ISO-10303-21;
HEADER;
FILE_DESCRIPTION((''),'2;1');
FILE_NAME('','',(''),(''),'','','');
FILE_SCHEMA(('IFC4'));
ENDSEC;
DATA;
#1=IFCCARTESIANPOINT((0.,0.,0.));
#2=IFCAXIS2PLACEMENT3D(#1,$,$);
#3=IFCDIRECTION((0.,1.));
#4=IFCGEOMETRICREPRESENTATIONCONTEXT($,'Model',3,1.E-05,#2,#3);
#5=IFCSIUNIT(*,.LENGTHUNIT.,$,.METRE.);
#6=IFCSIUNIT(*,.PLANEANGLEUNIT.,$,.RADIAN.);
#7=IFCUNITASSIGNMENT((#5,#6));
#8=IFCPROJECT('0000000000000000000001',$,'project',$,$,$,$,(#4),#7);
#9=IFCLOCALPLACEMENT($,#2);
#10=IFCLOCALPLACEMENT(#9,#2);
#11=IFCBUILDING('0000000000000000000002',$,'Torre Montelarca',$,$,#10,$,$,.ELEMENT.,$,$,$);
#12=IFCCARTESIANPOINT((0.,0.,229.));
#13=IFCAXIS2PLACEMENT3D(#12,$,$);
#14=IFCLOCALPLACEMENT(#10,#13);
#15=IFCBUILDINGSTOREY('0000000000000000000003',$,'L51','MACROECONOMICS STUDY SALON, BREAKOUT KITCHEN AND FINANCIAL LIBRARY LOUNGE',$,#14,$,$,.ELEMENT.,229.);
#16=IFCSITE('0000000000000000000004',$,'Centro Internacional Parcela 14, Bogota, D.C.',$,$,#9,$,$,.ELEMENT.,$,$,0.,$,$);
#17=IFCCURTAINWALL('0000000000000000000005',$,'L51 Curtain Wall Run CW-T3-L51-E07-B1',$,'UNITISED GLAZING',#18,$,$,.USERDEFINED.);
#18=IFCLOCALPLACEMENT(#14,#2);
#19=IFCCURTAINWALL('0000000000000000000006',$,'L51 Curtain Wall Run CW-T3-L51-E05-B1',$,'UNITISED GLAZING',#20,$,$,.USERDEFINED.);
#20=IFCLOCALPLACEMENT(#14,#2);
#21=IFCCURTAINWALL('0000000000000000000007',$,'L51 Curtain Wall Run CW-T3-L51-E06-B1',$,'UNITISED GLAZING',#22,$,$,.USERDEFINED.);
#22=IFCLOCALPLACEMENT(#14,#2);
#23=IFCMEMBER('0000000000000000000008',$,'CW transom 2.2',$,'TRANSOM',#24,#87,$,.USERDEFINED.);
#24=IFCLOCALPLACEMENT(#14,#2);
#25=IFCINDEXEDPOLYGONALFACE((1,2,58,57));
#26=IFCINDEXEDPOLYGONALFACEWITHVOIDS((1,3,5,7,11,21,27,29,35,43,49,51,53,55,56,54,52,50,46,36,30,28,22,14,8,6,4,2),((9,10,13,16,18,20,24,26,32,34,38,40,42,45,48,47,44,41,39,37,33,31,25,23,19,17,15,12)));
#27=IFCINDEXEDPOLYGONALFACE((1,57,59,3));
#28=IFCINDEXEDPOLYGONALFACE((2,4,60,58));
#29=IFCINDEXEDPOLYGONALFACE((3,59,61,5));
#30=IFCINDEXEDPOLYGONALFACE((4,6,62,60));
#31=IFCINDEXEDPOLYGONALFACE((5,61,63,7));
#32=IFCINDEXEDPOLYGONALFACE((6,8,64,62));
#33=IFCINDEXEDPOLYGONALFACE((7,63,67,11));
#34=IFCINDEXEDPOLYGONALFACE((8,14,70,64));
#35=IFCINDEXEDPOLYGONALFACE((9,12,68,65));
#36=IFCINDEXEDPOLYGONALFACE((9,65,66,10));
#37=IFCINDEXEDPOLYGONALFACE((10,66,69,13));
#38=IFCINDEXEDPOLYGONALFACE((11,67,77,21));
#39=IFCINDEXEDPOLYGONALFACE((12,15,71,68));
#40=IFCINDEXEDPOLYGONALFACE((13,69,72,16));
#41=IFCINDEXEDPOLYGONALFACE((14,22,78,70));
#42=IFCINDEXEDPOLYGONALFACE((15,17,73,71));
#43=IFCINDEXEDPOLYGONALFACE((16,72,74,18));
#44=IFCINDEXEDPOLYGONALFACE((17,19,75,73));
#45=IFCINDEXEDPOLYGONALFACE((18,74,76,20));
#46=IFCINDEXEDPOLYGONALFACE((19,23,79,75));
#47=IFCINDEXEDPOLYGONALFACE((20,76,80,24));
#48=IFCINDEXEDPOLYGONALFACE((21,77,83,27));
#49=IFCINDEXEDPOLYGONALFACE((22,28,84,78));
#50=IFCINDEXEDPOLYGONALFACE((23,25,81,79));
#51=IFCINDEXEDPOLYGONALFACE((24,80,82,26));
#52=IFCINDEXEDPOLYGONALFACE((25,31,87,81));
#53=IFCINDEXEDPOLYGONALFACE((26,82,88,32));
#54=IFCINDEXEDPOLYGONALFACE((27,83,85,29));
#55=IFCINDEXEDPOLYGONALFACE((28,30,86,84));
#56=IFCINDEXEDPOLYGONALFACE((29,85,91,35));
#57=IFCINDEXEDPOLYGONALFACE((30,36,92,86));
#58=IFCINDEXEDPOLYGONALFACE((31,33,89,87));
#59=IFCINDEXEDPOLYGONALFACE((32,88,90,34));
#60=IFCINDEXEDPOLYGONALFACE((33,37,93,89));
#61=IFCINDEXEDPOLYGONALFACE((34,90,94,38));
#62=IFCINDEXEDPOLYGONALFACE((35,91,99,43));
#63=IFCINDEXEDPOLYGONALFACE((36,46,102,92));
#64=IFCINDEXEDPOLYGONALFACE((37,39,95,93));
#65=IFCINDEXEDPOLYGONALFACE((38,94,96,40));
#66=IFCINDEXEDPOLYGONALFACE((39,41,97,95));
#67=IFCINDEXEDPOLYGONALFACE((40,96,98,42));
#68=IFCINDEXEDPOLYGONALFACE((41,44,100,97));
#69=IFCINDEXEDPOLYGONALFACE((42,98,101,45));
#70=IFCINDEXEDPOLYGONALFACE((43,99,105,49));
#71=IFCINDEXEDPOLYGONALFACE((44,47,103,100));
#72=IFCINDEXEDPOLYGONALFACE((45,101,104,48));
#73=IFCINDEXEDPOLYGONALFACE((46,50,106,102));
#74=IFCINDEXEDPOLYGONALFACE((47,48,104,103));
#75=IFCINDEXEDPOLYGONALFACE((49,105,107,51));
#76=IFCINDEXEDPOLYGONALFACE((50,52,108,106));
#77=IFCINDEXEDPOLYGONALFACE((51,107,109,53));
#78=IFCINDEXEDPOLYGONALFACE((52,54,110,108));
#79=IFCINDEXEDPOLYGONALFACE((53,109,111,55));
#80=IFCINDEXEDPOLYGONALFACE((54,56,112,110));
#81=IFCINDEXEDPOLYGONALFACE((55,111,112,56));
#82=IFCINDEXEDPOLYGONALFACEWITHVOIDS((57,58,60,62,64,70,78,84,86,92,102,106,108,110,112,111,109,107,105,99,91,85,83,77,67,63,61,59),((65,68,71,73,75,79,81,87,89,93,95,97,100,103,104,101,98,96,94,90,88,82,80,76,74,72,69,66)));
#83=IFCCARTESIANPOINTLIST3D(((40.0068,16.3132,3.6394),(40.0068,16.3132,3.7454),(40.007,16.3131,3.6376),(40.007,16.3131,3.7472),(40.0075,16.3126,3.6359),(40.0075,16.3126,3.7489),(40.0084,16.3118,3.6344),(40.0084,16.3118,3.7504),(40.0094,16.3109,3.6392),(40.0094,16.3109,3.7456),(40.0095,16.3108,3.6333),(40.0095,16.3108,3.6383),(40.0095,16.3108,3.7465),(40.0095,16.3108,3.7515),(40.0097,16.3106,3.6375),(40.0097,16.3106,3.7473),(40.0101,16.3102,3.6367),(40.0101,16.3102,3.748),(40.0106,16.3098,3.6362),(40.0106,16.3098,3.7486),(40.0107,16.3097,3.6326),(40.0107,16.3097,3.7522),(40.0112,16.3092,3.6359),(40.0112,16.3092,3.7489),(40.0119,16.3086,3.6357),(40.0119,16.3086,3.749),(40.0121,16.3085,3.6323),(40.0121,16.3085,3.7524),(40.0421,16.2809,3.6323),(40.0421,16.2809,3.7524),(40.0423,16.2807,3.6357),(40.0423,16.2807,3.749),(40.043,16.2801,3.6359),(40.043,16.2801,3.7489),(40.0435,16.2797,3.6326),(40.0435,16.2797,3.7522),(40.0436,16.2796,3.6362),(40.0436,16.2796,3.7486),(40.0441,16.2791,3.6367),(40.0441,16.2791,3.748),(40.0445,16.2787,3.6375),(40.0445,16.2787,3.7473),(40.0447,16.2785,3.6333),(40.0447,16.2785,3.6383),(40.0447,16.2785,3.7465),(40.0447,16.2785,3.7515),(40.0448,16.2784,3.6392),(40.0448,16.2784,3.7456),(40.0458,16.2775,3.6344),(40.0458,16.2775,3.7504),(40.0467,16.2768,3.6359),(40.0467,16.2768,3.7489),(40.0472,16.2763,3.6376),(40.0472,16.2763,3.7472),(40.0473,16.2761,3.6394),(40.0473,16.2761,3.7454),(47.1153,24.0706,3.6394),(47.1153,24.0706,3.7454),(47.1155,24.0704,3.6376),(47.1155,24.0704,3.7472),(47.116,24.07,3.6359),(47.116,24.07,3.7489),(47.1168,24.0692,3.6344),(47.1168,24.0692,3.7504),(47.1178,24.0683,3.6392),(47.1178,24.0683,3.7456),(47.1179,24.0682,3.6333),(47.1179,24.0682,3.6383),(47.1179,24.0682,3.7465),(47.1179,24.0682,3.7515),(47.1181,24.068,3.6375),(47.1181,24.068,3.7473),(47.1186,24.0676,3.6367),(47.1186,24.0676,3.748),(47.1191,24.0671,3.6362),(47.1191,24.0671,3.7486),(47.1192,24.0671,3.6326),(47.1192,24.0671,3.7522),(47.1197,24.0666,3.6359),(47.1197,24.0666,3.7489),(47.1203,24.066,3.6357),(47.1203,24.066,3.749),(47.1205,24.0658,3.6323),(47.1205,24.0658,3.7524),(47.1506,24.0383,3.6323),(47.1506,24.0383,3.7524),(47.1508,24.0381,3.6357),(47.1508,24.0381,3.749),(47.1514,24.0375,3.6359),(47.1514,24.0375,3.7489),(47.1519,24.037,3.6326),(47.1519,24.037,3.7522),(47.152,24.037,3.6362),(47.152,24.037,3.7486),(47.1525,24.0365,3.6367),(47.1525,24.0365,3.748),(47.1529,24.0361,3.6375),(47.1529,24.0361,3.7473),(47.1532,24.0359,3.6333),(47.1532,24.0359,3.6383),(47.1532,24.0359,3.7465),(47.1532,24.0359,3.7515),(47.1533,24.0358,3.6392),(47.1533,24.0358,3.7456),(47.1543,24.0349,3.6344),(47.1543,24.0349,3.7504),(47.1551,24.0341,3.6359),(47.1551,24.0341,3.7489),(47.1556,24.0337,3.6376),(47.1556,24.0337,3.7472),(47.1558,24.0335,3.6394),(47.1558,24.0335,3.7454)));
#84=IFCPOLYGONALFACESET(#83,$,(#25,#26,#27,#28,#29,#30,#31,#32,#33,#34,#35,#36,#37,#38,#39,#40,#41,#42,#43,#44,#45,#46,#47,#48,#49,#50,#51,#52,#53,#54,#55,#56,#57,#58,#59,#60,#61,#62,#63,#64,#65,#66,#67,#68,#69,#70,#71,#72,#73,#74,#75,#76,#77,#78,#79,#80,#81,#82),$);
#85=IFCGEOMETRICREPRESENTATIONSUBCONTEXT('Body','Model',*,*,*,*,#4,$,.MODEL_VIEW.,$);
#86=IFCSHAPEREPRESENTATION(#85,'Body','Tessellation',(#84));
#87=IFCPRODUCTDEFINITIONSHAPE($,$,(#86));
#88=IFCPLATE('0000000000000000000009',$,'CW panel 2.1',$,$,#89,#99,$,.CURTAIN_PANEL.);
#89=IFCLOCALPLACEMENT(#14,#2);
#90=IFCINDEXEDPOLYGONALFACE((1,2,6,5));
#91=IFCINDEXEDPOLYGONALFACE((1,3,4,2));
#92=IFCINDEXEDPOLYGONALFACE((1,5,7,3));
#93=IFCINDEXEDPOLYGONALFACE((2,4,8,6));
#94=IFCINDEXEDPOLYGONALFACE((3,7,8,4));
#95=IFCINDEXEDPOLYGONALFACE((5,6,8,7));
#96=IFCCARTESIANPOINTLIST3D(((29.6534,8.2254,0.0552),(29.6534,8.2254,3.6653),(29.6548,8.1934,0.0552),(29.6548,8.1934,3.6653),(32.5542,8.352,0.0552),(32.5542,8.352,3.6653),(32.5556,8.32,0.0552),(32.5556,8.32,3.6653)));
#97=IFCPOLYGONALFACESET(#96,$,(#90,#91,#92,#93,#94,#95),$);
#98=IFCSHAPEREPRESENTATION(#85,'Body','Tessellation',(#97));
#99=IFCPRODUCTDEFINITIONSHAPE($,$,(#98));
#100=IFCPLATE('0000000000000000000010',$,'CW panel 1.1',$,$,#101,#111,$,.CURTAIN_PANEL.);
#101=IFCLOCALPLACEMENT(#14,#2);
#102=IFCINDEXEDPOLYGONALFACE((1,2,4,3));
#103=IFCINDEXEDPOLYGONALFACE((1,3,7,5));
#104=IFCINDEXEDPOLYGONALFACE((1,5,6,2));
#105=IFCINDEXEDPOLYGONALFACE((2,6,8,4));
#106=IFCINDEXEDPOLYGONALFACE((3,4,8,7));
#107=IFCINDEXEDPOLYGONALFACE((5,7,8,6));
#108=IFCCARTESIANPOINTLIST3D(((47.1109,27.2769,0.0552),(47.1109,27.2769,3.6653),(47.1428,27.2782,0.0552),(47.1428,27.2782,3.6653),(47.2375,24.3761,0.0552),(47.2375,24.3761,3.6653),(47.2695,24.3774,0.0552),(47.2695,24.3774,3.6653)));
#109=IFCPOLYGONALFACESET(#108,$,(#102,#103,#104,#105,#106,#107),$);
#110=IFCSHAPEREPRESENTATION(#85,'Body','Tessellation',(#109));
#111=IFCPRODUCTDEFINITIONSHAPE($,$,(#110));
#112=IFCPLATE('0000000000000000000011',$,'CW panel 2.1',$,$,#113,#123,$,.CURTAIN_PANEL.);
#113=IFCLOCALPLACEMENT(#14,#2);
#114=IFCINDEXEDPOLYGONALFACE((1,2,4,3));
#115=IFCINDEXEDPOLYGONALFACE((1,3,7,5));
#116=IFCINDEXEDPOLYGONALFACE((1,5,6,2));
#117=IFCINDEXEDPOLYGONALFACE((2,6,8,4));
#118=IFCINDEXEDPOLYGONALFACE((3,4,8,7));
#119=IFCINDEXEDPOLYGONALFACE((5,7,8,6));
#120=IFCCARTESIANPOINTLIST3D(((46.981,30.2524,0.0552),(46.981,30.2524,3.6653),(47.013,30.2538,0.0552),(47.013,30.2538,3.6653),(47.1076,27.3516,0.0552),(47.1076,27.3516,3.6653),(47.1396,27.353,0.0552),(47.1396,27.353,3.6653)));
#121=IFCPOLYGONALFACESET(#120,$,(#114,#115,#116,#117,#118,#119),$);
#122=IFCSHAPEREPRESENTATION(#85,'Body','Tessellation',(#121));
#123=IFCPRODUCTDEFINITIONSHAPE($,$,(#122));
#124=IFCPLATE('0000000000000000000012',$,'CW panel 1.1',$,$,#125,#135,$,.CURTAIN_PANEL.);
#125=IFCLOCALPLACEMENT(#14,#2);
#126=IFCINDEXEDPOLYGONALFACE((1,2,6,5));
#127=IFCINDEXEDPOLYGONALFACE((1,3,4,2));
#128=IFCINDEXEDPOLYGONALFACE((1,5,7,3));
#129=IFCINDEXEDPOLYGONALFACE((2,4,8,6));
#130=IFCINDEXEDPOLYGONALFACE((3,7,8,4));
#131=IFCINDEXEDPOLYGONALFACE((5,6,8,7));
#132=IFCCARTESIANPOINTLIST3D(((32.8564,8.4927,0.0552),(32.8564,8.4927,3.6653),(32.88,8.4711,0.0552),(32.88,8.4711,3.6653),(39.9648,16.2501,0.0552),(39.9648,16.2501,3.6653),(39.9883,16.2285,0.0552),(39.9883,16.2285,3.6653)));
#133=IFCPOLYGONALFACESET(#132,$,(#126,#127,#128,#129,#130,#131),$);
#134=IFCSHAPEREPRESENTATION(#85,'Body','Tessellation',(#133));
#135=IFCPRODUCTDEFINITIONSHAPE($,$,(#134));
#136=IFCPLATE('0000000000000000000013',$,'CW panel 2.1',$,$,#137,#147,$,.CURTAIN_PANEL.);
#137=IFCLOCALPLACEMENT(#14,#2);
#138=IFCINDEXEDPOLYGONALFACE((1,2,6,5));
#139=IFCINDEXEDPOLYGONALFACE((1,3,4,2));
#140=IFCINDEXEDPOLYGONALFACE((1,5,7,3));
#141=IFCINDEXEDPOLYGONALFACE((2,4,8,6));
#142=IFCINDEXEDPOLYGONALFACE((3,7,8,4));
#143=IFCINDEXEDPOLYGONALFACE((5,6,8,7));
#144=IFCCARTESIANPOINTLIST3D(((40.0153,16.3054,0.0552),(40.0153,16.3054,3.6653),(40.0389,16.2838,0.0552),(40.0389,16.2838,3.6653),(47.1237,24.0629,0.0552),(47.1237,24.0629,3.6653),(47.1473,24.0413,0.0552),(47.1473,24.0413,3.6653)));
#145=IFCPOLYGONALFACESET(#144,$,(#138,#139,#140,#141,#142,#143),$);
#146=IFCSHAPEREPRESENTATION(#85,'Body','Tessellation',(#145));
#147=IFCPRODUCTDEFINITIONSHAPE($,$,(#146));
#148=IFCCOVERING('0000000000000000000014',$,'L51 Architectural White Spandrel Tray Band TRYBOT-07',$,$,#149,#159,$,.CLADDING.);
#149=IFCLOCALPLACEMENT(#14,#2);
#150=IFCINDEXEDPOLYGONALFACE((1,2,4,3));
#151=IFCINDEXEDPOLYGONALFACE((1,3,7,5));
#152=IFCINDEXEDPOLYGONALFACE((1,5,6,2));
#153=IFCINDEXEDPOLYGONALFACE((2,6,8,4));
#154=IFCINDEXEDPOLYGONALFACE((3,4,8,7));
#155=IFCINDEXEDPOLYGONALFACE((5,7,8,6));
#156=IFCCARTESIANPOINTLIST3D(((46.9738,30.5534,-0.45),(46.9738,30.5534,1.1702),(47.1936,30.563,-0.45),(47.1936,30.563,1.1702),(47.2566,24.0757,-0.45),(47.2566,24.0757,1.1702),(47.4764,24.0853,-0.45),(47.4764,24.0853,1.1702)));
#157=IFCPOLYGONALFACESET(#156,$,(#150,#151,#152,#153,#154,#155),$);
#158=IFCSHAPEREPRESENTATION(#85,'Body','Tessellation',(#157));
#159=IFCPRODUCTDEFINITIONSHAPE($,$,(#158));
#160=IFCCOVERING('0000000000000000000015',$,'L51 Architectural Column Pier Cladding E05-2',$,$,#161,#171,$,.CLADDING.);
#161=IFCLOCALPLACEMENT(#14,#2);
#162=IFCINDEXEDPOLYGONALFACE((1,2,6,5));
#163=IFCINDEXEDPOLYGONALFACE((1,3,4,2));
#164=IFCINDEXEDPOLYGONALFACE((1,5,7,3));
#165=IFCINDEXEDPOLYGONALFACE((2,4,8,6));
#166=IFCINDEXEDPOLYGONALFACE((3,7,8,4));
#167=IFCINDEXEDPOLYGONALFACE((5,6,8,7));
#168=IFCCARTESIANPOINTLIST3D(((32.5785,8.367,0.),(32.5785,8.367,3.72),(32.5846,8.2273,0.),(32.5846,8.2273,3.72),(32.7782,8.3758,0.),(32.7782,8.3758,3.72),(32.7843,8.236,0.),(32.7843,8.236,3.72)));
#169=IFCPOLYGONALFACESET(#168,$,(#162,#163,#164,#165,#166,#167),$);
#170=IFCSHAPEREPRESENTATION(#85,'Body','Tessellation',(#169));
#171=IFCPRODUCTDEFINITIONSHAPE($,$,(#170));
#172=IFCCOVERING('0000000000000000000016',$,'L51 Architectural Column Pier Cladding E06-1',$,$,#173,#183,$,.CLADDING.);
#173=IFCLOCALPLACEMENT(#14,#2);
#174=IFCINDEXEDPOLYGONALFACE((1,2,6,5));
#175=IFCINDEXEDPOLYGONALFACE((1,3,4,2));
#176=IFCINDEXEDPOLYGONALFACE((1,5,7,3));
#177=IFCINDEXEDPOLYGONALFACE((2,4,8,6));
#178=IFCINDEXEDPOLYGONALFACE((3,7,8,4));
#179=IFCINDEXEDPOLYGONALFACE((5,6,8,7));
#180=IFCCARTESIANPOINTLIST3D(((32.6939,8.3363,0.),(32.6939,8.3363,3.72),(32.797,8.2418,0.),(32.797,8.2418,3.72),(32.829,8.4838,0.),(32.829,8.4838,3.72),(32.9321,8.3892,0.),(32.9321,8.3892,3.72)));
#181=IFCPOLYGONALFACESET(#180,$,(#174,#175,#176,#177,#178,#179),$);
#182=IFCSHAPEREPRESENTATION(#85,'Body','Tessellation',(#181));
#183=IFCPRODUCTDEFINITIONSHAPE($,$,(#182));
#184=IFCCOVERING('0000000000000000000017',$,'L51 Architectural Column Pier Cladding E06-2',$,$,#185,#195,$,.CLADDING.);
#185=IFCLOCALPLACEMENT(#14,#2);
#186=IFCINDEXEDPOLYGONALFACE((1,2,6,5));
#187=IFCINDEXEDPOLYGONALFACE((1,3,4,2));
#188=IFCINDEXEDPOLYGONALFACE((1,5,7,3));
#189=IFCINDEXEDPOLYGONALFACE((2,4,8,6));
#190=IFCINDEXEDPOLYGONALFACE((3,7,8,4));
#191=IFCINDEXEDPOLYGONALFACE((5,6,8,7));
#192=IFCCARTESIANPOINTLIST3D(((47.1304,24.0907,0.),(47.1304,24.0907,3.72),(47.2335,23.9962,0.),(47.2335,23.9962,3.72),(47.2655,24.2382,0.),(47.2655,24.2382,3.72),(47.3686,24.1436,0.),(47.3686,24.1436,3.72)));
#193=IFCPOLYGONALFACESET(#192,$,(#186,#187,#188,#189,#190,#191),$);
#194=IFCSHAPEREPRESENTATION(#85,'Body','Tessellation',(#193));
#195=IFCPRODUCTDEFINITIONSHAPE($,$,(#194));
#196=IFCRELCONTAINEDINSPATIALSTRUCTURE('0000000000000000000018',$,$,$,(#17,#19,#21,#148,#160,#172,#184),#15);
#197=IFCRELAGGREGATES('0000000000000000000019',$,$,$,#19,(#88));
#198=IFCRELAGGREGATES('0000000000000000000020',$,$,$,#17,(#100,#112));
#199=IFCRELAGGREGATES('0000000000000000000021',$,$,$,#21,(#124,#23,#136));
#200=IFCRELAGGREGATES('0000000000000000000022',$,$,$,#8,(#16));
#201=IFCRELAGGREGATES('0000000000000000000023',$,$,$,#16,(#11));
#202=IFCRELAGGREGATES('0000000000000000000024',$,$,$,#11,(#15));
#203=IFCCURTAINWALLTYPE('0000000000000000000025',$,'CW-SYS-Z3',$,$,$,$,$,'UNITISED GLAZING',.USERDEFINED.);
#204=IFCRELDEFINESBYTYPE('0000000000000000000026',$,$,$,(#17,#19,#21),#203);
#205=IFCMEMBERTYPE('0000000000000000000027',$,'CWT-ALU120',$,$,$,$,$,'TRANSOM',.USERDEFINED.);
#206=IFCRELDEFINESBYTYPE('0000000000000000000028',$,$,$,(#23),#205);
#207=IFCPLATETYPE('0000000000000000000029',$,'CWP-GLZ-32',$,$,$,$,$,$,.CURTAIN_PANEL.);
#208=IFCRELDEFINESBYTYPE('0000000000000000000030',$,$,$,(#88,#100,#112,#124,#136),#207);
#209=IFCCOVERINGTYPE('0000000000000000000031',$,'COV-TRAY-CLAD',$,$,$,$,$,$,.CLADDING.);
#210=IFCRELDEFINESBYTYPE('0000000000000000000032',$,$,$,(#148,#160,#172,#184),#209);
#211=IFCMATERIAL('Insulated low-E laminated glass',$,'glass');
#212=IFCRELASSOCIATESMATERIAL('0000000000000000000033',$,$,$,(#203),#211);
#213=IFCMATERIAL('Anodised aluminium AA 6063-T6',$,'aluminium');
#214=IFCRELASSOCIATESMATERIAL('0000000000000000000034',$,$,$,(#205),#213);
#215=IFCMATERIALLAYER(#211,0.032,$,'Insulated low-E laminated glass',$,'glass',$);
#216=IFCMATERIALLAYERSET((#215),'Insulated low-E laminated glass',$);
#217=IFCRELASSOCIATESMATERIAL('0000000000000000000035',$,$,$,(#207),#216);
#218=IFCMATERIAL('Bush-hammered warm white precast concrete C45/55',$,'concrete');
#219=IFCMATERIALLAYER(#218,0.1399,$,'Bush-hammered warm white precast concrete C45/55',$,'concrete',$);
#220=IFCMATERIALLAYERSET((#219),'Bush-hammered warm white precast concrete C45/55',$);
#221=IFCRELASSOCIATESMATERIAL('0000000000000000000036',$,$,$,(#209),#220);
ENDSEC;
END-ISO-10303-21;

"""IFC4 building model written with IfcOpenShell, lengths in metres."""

from ifc_helpers import new_model, si_unit, direction, frame, origin, origin_2d, place, context, subcontext, project, spatial, rectangle, hollow_rectangle, extrude, source, transform, mapped, material, layer, layer_set, material_profile, profile_set, type_object, element, aggregate, save


model = new_model("IFC4")

# Units and contexts
model_context = context("Model", 3, precision=1e-05, world=origin(), true_north=direction((0.0, 1.0)))
body_context = subcontext(model_context, "Body", "Model", "MODEL_VIEW")
ifc_project = project(units=[si_unit("LENGTHUNIT", "METRE"), si_unit("PLANEANGLEUNIT", "RADIAN")], contexts=[model_context])

# Site, building, storey
site_placement = place(None, origin())
site = spatial("IfcSite", under=ifc_project, at=site_placement, Name="Centro Internacional Parcela 14, Bogota, D.C.", CompositionType="ELEMENT", RefElevation=0.0)
building_placement = place(site_placement, origin())
building = spatial("IfcBuilding", under=site, at=building_placement, Name="Torre Montelarca", CompositionType="ELEMENT")
storey_placement = place(building_placement, frame((0.0, 0.0, 229.0)))
storey = spatial("IfcBuildingStorey", under=building, at=storey_placement, Name="L51", Description="MACROECONOMICS STUDY SALON, BREAKOUT KITCHEN AND FINANCIAL LIBRARY LOUNGE", CompositionType="ELEMENT", Elevation=229.0)

# Curtain wall
ifc_material_1 = material(Name="Insulated low-E laminated glass", Category="glass")
curtain_wall_type = type_object("IfcCurtainWallType", Name="CW-SYS-Z3", ElementType="UNITISED GLAZING", PredefinedType="USERDEFINED", material=ifc_material_1)
curtain_wall_1_placement = place(storey_placement, origin())
curtain_wall_1 = element("IfcCurtainWall", 1, at=curtain_wall_1_placement, inside=storey, type_object=curtain_wall_type, Name="L51 Curtain Wall Run CW-T3-L51-E07-B1", ObjectType="UNITISED GLAZING", PredefinedType="USERDEFINED")
ifc_material_2 = material(Name="Anodised aluminium AA 6063-T6", Category="aluminium")
ifc_material_profile_1 = material_profile(ifc_material_2, hollow_rectangle(XDim=0.0549, YDim=0.1201, WallThickness=0.0034, InnerFilletRadius=0.0034, OuterFilletRadius=0.0071, at=origin_2d()), Name="ALU55X120X3.5", Category="aluminium")
ifc_profile_set_1 = profile_set([ifc_material_profile_1], Name="Anodised aluminium AA 6063-T6")
member_type_1 = type_object("IfcMemberType", Name="CWT-ALU120", ElementType="TRANSOM", PredefinedType="USERDEFINED", material=ifc_profile_set_1)

# Curtain wall
curtain_wall_2_placement = place(storey_placement, origin())
curtain_wall_2 = element("IfcCurtainWall", 2, at=curtain_wall_2_placement, inside=storey, type_object=curtain_wall_type, Name="L51 Curtain Wall Run CW-T3-L51-E05-B1", ObjectType="UNITISED GLAZING", PredefinedType="USERDEFINED")

# Curtain wall
curtain_wall_3_placement = place(storey_placement, origin())
curtain_wall_3 = element("IfcCurtainWall", 3, at=curtain_wall_3_placement, inside=storey, type_object=curtain_wall_type, Name="L51 Curtain Wall Run CW-T3-L51-E06-B1", ObjectType="UNITISED GLAZING", PredefinedType="USERDEFINED")

# Member
shared_shape_1 = source(origin(), body_context, "Body", "SweptSolid", [
    extrude(hollow_rectangle(XDim=0.0549, YDim=0.1201, WallThickness=0.0034, InnerFilletRadius=0.0034, OuterFilletRadius=0.0071, at=origin_2d()), origin(), (0.0, 0.0, 1.0), 10.5217),
])
member_1_placement = place(storey_placement, frame((40.0271, 16.2947, 3.6924), z_axis=(0.675596, 0.737272, 0.0), x_axis=(-0.737272, 0.675596, 0.0)))
member_1 = element("IfcMember", 4, at=member_1_placement, type_object=member_type_1, Name="CW transom 2.2", ObjectType="TRANSOM", PredefinedType="USERDEFINED", context=body_context, shape_type="MappedRepresentation", body=[
    mapped(shared_shape_1, transform((0.0, 0.0, 0.0), scale=1.0)),
])

# Plates
ifc_layer_1 = layer(ifc_material_1, 0.032, Name="Insulated low-E laminated glass", Category="glass")
ifc_layer_set_1 = layer_set([ifc_layer_1], Name="Insulated low-E laminated glass")
plate_type = type_object("IfcPlateType", Name="CWP-GLZ-32", PredefinedType="CURTAIN_PANEL", material=ifc_layer_set_1)
shared_shape_2 = source(origin(), body_context, "Body", "SweptSolid", [
    extrude(rectangle(XDim=2.9036, YDim=0.032, at=origin_2d()), origin(), (0.0, 0.0, 1.0), 3.6101),
])
plate_1_placement = place(storey_placement, frame((31.1045, 8.2727, 0.0552), z_axis=(0.0, 0.0, 1.0), x_axis=(0.999048, 0.043616, 0.0)))
plate_1 = element("IfcPlate", 5, at=plate_1_placement, type_object=plate_type, Name="CW panel 2.1", PredefinedType="CURTAIN_PANEL", context=body_context, shape_type="MappedRepresentation", body=[
    mapped(shared_shape_2, transform((0.0, 0.0, 0.0), scale=1.0)),
])
aggregate(curtain_wall_2, [plate_1])
plate_2_placement = place(storey_placement, frame((47.1902, 25.8271, 0.0552), z_axis=(0.0, 0.0, 1.0), x_axis=(-0.043616, 0.999048, 0.0)))
plate_2 = element("IfcPlate", 6, at=plate_2_placement, type_object=plate_type, Name="CW panel 1.1", PredefinedType="CURTAIN_PANEL", context=body_context, shape_type="MappedRepresentation", body=[
    mapped(shared_shape_2, transform((0.0, 0.0, 0.0), scale=1.0)),
])
plate_3_placement = place(storey_placement, frame((47.0603, 28.8027, 0.0552), z_axis=(0.0, 0.0, 1.0), x_axis=(-0.043616, 0.999048, 0.0)))
plate_3 = element("IfcPlate", 7, at=plate_3_placement, type_object=plate_type, Name="CW panel 2.1", PredefinedType="CURTAIN_PANEL", context=body_context, shape_type="MappedRepresentation", body=[
    mapped(shared_shape_2, transform((0.0, 0.0, 0.0), scale=1.0)),
])
aggregate(curtain_wall_1, [plate_2, plate_3])
shared_shape_3 = source(origin(), body_context, "Body", "SweptSolid", [
    extrude(rectangle(XDim=10.5217, YDim=0.032, at=origin_2d()), origin(), (0.0, 0.0, 1.0), 3.6101),
])
plate_4_placement = place(storey_placement, frame((36.4224, 12.3606, 0.0552), z_axis=(0.0, 0.0, 1.0), x_axis=(0.67559, 0.737278, 0.0)))
plate_4 = element("IfcPlate", 8, at=plate_4_placement, type_object=plate_type, Name="CW panel 1.1", PredefinedType="CURTAIN_PANEL", context=body_context, shape_type="MappedRepresentation", body=[
    mapped(shared_shape_3, transform((0.0, 0.0, 0.0), scale=1.0)),
])
plate_5_placement = place(storey_placement, frame((43.5813, 20.1733, 0.0552), z_axis=(0.0, 0.0, 1.0), x_axis=(0.67559, 0.737278, 0.0)))
plate_5 = element("IfcPlate", 9, at=plate_5_placement, type_object=plate_type, Name="CW panel 2.1", PredefinedType="CURTAIN_PANEL", context=body_context, shape_type="MappedRepresentation", body=[
    mapped(shared_shape_3, transform((0.0, 0.0, 0.0), scale=1.0)),
])
aggregate(curtain_wall_3, [plate_4, member_1, plate_5])

# Coverings
ifc_material_3 = material(Name="Bush-hammered warm white precast concrete C45/55", Category="concrete")
ifc_layer_2 = layer(ifc_material_3, 0.1399, Name="Bush-hammered warm white precast concrete C45/55", Category="concrete")
ifc_layer_set_2 = layer_set([ifc_layer_2], Name="Bush-hammered warm white precast concrete C45/55")
covering_type = type_object("IfcCoveringType", Name="COV-TRAY-CLAD", PredefinedType="CLADDING", material=ifc_layer_set_2)
shared_shape_4 = source(origin(), body_context, "Body", "SweptSolid", [
    extrude(rectangle(XDim=6.4839, YDim=0.22, at=origin_2d()), origin(), (0.0, 0.0, 1.0), 1.6201),
])
covering_1_placement = place(storey_placement, frame((47.2251, 27.3193, -0.45), z_axis=(0.0, 0.0, 1.0), x_axis=(-0.043621, 0.999048, 0.0)))
element("IfcCovering", 10, at=covering_1_placement, inside=storey, type_object=covering_type, Name="L51 Architectural White Spandrel Tray Band TRYBOT-07", PredefinedType="CLADDING", context=body_context, shape_type="MappedRepresentation", body=[
    mapped(shared_shape_4, transform((0.0, 0.0, 0.0), scale=1.0)),
])
shared_shape_5 = source(origin(), body_context, "Body", "SweptSolid", [
    extrude(rectangle(XDim=0.2, YDim=0.1399, at=origin_2d()), origin(), (0.0, 0.0, 1.0), 3.72),
])
for number, where, z_axis, x_axis, name in (
    (11, (32.6814, 8.3015, 0.0), (0.0, 0.0, 1.0), (0.999048, 0.043628, 0.0), "L51 Architectural Column Pier Cladding E05-2"),
    (12, (32.813, 8.3628, 0.0), (0.0, 0.0, 1.0), (0.675593, 0.737275, 0.0), "L51 Architectural Column Pier Cladding E06-1"),
    (13, (47.2495, 24.1172, 0.0), (0.0, 0.0, 1.0), (0.675593, 0.737275, 0.0), "L51 Architectural Column Pier Cladding E06-2"),
):
    element("IfcCovering", number, at=place(storey_placement, frame(where, z_axis=z_axis, x_axis=x_axis)), inside=storey, type_object=covering_type, Name=name, PredefinedType="CLADDING", context=body_context, shape_type="MappedRepresentation", body=[
        mapped(shared_shape_5, transform((0.0, 0.0, 0.0), scale=1.0)),
    ])

save(model, "model.ifc")
